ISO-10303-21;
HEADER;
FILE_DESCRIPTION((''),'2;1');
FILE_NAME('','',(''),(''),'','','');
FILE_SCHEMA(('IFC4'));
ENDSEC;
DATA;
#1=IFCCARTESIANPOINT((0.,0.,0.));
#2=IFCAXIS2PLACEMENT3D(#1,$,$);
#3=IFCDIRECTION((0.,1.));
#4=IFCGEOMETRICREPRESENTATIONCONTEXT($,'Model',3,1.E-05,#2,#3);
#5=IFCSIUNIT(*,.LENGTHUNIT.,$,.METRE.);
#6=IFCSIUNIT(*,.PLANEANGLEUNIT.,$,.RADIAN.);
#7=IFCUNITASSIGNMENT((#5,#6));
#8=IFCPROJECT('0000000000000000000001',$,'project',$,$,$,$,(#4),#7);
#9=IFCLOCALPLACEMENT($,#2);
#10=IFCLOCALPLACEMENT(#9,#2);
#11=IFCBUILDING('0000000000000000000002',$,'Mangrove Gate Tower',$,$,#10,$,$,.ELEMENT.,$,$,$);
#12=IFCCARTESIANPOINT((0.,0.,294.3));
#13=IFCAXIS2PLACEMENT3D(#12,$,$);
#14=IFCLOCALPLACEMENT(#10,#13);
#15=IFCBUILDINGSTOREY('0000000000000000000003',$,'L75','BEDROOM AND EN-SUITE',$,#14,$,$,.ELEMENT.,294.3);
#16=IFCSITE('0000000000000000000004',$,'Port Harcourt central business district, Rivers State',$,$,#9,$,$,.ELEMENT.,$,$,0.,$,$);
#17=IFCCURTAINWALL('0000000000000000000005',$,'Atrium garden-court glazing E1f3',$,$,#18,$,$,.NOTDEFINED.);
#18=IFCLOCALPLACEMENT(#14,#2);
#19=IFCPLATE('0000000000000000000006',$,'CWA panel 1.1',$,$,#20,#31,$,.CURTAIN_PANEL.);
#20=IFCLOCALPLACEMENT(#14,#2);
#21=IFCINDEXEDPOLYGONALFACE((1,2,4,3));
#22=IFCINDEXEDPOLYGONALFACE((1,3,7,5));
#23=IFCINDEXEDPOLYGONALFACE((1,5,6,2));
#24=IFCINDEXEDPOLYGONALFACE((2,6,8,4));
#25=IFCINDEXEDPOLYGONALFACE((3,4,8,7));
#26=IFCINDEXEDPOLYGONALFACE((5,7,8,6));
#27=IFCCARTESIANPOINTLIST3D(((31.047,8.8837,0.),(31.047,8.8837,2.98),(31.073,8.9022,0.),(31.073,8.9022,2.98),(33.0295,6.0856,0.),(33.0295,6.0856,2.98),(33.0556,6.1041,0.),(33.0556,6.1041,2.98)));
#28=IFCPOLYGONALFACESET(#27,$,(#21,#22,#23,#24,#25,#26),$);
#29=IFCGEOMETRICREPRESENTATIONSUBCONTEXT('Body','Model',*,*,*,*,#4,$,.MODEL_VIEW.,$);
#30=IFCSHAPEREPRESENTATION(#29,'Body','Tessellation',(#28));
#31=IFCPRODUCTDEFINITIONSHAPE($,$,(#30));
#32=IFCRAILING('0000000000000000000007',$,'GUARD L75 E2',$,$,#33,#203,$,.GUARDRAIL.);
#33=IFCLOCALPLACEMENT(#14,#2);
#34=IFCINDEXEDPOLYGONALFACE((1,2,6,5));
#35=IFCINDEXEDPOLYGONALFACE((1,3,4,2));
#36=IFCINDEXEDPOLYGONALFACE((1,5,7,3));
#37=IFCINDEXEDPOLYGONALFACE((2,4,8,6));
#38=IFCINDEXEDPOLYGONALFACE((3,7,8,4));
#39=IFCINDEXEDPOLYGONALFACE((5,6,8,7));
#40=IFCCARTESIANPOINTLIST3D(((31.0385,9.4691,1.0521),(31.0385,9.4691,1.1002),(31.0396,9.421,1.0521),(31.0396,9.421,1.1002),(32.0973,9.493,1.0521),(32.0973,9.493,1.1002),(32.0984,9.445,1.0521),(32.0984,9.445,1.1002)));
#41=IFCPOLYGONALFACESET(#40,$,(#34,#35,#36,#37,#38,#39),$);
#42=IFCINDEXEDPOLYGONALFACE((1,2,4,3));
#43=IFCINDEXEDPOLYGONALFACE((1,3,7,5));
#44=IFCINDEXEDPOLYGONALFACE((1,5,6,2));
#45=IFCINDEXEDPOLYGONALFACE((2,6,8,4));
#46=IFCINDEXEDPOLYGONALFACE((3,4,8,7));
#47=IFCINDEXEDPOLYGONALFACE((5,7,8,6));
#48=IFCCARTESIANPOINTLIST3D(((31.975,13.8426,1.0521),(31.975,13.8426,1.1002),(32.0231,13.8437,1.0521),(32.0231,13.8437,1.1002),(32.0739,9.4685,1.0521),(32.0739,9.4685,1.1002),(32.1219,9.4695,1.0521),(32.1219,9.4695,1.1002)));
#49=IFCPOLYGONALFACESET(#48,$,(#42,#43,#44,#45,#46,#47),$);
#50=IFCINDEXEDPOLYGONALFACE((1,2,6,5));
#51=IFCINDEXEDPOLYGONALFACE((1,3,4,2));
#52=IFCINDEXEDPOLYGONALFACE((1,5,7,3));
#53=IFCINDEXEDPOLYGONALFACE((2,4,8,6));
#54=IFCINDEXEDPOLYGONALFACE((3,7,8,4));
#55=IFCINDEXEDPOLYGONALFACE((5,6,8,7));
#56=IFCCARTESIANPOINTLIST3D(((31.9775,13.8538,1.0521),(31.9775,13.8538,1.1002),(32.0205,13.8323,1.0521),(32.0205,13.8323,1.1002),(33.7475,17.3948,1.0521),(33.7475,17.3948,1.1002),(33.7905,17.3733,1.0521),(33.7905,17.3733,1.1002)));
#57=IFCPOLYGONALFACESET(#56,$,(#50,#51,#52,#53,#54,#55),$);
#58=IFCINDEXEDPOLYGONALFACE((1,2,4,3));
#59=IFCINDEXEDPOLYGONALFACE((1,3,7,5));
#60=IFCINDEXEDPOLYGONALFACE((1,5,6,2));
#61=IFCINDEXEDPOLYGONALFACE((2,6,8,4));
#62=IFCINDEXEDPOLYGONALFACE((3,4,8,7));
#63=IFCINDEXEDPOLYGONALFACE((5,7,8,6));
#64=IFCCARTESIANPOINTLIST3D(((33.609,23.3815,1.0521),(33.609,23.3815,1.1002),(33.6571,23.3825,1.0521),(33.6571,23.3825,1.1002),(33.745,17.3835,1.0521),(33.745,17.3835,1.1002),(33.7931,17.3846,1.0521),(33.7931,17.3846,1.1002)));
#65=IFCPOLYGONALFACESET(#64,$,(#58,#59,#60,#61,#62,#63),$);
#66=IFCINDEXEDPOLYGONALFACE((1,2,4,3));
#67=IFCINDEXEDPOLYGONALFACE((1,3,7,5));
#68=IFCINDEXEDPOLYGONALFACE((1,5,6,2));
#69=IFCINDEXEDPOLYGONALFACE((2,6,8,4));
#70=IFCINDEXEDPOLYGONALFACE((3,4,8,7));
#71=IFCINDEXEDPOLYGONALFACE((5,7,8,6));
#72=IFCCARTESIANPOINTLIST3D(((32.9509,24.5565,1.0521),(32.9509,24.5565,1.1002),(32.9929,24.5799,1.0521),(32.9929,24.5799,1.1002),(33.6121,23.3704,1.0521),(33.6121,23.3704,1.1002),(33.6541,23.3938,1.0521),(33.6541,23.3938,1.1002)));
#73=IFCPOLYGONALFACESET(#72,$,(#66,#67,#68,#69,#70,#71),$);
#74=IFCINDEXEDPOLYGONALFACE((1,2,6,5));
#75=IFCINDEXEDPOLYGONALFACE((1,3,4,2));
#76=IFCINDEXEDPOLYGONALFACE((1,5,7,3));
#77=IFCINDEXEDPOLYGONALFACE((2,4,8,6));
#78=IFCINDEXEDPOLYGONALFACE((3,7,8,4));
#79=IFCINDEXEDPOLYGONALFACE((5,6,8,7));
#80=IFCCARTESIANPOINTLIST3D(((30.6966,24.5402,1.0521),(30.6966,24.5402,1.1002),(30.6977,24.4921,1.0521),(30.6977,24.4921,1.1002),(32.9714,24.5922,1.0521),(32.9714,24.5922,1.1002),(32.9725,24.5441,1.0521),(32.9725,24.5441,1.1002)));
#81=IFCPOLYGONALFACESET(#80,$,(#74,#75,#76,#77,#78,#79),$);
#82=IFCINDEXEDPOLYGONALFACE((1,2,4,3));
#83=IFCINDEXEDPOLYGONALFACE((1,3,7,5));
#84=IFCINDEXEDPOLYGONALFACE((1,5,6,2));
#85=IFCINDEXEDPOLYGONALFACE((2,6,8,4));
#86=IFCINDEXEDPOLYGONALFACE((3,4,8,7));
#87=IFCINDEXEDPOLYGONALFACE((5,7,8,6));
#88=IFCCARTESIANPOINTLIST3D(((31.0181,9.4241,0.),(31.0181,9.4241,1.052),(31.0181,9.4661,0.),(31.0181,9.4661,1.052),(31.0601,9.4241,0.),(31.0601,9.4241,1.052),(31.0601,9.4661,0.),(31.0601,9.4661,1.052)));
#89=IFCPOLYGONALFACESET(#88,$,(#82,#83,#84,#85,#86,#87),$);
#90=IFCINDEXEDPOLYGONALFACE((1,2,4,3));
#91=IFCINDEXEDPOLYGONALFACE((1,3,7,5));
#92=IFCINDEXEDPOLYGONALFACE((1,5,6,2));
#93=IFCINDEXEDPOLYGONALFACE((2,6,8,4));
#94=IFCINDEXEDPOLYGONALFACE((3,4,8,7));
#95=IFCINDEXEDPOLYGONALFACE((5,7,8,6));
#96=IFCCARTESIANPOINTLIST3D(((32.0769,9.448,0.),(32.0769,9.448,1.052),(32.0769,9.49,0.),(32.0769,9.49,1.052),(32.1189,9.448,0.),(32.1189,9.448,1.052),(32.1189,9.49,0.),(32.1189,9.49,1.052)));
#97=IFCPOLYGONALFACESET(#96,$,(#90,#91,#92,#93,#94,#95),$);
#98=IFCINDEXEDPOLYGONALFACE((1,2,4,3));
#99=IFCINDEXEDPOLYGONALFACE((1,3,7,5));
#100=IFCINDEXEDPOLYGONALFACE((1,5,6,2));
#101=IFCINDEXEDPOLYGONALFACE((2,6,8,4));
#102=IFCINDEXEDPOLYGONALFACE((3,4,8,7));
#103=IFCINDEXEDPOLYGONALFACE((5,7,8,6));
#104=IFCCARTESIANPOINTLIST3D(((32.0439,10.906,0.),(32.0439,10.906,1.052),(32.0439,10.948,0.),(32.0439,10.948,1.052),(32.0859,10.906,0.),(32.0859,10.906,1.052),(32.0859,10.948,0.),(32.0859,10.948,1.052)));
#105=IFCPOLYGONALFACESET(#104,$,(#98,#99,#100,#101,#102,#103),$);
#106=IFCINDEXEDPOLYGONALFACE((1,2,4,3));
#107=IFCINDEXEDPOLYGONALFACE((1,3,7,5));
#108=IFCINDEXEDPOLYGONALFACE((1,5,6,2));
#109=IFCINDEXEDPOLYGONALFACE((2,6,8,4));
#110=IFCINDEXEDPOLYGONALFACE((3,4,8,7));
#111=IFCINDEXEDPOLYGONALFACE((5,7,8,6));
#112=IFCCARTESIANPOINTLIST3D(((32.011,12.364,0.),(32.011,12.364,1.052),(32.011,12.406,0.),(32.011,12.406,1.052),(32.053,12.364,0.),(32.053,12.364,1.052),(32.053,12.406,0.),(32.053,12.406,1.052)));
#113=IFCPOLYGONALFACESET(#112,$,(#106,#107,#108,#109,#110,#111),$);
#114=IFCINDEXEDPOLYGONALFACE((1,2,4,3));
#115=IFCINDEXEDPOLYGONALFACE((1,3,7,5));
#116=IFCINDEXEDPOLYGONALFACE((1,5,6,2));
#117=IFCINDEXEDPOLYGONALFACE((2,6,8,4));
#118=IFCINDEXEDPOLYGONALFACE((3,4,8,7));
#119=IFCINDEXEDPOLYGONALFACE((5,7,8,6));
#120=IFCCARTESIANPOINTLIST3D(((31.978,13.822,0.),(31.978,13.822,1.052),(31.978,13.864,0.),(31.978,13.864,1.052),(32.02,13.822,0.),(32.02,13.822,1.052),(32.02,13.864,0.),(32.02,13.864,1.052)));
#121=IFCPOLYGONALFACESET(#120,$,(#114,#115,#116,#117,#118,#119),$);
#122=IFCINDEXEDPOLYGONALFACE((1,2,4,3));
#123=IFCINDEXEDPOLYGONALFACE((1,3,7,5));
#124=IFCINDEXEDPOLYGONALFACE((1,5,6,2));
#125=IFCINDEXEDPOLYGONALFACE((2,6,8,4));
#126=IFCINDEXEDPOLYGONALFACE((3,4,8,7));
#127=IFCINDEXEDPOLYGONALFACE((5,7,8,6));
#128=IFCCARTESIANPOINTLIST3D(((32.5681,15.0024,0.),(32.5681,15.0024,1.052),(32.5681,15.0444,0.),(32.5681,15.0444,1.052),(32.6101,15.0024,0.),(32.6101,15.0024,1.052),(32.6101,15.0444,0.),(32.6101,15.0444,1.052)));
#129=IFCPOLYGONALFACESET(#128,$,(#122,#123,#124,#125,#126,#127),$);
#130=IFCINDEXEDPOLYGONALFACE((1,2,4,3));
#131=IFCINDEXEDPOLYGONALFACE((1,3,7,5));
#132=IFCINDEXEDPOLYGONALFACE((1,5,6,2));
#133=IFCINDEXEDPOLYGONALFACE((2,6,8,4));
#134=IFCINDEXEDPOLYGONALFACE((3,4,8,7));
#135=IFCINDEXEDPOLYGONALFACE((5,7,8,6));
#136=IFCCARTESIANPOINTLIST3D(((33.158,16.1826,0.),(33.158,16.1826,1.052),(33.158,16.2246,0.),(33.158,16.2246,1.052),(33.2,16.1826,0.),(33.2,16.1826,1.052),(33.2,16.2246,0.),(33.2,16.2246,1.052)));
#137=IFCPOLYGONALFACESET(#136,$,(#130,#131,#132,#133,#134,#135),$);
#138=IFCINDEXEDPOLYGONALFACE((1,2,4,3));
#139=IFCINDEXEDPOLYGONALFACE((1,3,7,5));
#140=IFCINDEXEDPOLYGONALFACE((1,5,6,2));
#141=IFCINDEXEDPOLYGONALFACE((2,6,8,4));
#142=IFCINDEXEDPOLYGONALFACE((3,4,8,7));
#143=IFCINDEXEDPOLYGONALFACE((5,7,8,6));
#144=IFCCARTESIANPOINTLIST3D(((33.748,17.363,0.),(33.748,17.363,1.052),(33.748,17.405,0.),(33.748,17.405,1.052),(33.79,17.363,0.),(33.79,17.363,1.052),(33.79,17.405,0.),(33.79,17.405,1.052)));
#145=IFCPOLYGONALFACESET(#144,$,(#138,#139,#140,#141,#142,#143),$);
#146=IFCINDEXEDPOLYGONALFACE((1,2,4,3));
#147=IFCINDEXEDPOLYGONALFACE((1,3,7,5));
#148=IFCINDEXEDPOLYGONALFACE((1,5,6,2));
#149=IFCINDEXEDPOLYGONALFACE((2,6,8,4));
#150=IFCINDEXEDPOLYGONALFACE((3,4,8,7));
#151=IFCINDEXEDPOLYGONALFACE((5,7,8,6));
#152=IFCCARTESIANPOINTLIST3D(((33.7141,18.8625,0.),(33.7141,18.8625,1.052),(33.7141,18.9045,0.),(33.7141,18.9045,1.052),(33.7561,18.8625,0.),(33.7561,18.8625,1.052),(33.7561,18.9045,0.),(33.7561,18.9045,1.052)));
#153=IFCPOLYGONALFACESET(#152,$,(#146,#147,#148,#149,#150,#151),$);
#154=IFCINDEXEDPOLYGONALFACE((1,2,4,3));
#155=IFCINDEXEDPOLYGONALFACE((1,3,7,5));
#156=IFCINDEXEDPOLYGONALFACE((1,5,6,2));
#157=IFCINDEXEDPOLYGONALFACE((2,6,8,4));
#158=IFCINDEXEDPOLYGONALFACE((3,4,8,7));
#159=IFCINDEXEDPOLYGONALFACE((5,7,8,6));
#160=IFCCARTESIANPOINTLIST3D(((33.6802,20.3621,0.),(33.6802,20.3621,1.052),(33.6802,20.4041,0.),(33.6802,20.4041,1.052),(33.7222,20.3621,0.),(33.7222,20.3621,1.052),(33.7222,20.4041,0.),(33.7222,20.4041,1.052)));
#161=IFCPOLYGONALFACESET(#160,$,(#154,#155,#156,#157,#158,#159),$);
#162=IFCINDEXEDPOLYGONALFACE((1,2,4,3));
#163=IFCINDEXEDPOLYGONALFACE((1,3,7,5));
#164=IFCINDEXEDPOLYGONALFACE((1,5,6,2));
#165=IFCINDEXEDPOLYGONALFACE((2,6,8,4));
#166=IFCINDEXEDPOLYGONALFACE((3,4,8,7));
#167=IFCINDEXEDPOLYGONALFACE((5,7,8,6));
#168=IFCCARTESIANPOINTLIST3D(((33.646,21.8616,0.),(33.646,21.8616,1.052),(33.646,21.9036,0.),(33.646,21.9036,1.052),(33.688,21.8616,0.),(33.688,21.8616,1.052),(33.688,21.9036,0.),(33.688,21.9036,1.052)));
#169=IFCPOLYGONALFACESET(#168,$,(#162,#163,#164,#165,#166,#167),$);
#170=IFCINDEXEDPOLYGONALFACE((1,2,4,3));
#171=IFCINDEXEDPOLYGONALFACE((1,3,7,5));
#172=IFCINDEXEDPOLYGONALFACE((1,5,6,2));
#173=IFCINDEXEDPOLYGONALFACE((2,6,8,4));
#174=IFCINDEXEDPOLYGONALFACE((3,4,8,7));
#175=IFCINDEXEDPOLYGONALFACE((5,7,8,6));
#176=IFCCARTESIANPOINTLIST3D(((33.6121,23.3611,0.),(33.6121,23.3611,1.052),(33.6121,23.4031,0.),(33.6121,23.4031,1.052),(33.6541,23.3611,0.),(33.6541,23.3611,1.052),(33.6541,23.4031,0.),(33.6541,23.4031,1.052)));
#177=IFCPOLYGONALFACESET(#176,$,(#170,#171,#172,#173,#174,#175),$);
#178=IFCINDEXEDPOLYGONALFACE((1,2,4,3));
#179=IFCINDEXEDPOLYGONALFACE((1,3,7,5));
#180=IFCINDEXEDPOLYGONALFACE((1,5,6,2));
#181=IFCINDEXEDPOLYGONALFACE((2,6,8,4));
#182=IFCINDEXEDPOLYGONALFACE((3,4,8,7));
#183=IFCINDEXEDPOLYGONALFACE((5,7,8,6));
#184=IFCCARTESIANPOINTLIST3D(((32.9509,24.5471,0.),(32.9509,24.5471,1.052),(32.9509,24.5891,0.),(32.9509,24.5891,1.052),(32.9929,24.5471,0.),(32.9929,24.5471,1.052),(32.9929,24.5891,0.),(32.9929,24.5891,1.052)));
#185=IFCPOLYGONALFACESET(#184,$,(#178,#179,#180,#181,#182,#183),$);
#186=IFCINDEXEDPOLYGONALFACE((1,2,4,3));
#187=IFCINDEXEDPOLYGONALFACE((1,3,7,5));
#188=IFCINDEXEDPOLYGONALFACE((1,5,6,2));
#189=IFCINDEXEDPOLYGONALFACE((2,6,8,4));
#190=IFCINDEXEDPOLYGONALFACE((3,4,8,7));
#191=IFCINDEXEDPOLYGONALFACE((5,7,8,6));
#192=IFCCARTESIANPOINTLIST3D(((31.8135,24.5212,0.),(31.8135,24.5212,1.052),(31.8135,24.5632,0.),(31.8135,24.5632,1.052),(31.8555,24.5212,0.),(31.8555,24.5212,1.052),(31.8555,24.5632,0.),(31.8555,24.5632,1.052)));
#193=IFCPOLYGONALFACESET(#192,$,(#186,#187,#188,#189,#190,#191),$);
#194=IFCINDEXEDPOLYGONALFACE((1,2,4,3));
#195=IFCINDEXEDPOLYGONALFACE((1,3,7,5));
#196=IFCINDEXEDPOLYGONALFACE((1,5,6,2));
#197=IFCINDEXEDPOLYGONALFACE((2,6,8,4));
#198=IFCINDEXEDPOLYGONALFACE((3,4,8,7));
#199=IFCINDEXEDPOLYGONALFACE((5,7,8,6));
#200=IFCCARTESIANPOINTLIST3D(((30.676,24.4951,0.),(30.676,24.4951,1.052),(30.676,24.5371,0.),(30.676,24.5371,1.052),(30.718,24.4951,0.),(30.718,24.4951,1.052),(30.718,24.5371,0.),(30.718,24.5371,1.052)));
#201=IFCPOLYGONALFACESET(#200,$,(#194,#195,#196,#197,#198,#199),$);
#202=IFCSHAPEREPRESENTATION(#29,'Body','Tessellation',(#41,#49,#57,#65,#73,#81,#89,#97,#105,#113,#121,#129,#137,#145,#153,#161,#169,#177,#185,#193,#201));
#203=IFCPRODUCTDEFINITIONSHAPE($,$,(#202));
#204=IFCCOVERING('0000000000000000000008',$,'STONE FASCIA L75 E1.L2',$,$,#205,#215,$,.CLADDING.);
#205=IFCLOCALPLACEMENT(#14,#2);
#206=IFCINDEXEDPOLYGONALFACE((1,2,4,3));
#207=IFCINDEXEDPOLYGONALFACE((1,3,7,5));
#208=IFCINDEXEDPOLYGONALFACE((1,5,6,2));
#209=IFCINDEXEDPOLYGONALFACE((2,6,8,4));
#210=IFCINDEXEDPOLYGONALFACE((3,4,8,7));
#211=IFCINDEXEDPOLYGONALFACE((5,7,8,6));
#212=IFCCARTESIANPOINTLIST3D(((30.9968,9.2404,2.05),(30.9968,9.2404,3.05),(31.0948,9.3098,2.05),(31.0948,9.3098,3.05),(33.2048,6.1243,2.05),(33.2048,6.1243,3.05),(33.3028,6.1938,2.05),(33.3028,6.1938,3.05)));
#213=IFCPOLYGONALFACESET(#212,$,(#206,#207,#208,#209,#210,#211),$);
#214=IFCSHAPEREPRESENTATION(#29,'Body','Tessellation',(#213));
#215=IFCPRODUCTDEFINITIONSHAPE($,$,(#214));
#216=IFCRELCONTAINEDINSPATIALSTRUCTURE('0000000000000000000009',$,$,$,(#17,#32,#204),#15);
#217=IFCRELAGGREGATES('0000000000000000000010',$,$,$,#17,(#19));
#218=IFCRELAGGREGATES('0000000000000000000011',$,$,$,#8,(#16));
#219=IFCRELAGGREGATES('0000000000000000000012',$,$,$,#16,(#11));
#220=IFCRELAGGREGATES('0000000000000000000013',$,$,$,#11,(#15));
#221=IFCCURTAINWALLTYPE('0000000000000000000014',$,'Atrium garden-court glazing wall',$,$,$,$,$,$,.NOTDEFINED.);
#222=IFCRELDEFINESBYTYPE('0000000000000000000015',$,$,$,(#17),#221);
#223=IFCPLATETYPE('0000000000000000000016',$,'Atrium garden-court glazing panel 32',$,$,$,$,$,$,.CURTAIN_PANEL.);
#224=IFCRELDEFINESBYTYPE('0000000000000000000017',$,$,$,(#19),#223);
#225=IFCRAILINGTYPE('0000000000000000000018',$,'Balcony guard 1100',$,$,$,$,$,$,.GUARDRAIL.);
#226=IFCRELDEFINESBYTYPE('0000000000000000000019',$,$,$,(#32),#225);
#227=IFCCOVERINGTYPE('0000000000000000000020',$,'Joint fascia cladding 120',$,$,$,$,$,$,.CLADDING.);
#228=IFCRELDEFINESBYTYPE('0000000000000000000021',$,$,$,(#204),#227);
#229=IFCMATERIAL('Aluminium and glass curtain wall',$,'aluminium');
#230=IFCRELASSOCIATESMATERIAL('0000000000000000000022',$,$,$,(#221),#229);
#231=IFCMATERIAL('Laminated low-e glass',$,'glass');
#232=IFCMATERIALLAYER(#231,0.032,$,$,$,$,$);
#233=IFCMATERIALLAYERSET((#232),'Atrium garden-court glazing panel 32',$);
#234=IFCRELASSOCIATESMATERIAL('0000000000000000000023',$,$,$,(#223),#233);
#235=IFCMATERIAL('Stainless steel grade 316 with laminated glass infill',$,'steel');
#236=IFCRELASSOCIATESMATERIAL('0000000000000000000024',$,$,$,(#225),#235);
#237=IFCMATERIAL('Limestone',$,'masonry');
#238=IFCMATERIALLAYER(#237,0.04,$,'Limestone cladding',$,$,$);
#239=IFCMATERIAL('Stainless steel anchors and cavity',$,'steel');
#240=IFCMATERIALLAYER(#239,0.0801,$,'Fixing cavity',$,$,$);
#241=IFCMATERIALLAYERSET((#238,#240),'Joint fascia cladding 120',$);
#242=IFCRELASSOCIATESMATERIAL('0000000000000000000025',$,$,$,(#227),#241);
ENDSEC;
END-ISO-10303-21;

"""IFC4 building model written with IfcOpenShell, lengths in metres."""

from ifc_helpers import new_model, si_unit, direction, frame, frame_2d, origin, origin_2d, place, context, subcontext, project, spatial, rectangle, extrude, material, layer, layer_set, type_object, element, aggregate, save


model = new_model("IFC4")

# Units and contexts
model_context = context("Model", 3, precision=1e-05, world=origin(), true_north=direction((0.0, 1.0)))
body_context = subcontext(model_context, "Body", "Model", "MODEL_VIEW")
ifc_project = project(units=[si_unit("LENGTHUNIT", "METRE"), si_unit("PLANEANGLEUNIT", "RADIAN")], contexts=[model_context])

# Site, building, storey
site_placement = place(None, origin())
site = spatial("IfcSite", under=ifc_project, at=site_placement, Name="Port Harcourt central business district, Rivers State", CompositionType="ELEMENT", RefElevation=0.0)
building_placement = place(site_placement, origin())
building = spatial("IfcBuilding", under=site, at=building_placement, Name="Mangrove Gate Tower", CompositionType="ELEMENT")
storey_placement = place(building_placement, frame((0.0, 0.0, 294.3)))
storey = spatial("IfcBuildingStorey", under=building, at=storey_placement, Name="L75", Description="BEDROOM AND EN-SUITE", CompositionType="ELEMENT", Elevation=294.3)

# Shared definitions
ifc_material_1 = material(Name="Aluminium and glass curtain wall", Category="aluminium")
curtain_wall_type = type_object("IfcCurtainWallType", Name="Atrium garden-court glazing wall", PredefinedType="NOTDEFINED", material=ifc_material_1)

# Curtain wall
curtain_wall_1_placement = place(storey_placement, origin())
curtain_wall_1 = element("IfcCurtainWall", 1, at=curtain_wall_1_placement, inside=storey, type_object=curtain_wall_type, Name="Atrium garden-court glazing E1f3", PredefinedType="NOTDEFINED")

# Plate
ifc_material_2 = material(Name="Laminated low-e glass", Category="glass")
ifc_layer_1 = layer(ifc_material_2, 0.032)
ifc_layer_set_1 = layer_set([ifc_layer_1], Name="Atrium garden-court glazing panel 32")
plate_type = type_object("IfcPlateType", Name="Atrium garden-court glazing panel 32", PredefinedType="CURTAIN_PANEL", material=ifc_layer_set_1)
plate_1_placement = place(storey_placement, frame((32.0513, 7.4939, 0.0), z_axis=(0.0, 0.0, 1.0), x_axis=(-0.578135, 0.815941, 0.0)))
plate_1 = element("IfcPlate", 2, at=plate_1_placement, type_object=plate_type, Name="CWA panel 1.1", PredefinedType="CURTAIN_PANEL", context=body_context, shape_type="SweptSolid", body=[
    extrude(rectangle(XDim=3.4292, YDim=0.032, at=origin_2d()), origin(), (0.0, 0.0, 1.0), 2.98),
])
aggregate(curtain_wall_1, [plate_1])

# Shared definitions
ifc_material_3 = material(Name="Limestone", Category="masonry")

# Railing
ifc_material_4 = material(Name="Stainless steel grade 316 with laminated glass infill", Category="steel")
railing_type = type_object("IfcRailingType", Name="Balcony guard 1100", PredefinedType="GUARDRAIL", material=ifc_material_4)
railing_placement = place(storey_placement, frame((31.0391, 9.4451, 0.0)))
element("IfcRailing", 3, at=railing_placement, inside=storey, type_object=railing_type, Name="GUARD L75 E2", PredefinedType="GUARDRAIL", context=body_context, shape_type="SweptSolid", body=[
    extrude(rectangle(XDim=0.0481, YDim=0.0481, at=origin_2d()), frame((0.0, 0.0, 1.0762), z_axis=(0.999745, 0.02259, 0.0), x_axis=(-0.02259, 0.999745, 0.0)), (0.0, 0.0, 1.0), 1.0591),
    extrude(rectangle(XDim=0.0481, YDim=0.0481, at=origin_2d()), frame((1.0588, 0.0239, 1.0762), z_axis=(-0.0226, 0.999745, 0.0), x_axis=(-0.999745, -0.0226, 0.0)), (0.0, 0.0, 1.0), 4.3752),
    extrude(rectangle(XDim=0.0481, YDim=0.0481, at=origin_2d()), frame((0.96, 4.3979, 1.0762), z_axis=(0.447115, 0.894477, 0.0), x_axis=(-0.894477, 0.447115, 0.0)), (0.0, 0.0, 1.0), 3.9587),
    extrude(rectangle(XDim=0.0481, YDim=0.0481, at=origin_2d()), frame((2.73, 7.939, 1.0762), z_axis=(-0.022666, 0.999743, 0.0), x_axis=(-0.999743, -0.022666, 0.0)), (0.0, 0.0, 1.0), 5.9995),
    extrude(rectangle(XDim=0.0481, YDim=0.0481, at=origin_2d()), frame((2.594, 13.937, 1.0762), z_axis=(-0.486894, 0.873461, 0.0), x_axis=(-0.873461, -0.486894, 0.0)), (0.0, 0.0, 1.0), 1.3579),
    extrude(rectangle(XDim=0.0481, YDim=0.0481, at=origin_2d()), frame((1.9329, 15.123, 1.0762), z_axis=(-0.999739, -0.022853, 0.0), x_axis=(0.022853, -0.999739, 0.0)), (0.0, 0.0, 1.0), 2.2754),
    extrude(rectangle(XDim=0.042, YDim=0.042, at=origin_2d()), origin(), (0.0, 0.0, 1.0), 1.052),
    extrude(rectangle(XDim=0.042, YDim=0.042, at=origin_2d()), frame((1.0588, 0.0239, 0.0)), (0.0, 0.0, 1.0), 1.052),
    extrude(rectangle(XDim=0.042, YDim=0.042, at=origin_2d()), frame((1.0259, 1.4819, 0.0)), (0.0, 0.0, 1.0), 1.052),
    extrude(rectangle(XDim=0.042, YDim=0.042, at=origin_2d()), frame((0.9929, 2.9399, 0.0)), (0.0, 0.0, 1.0), 1.052),
    extrude(rectangle(XDim=0.042, YDim=0.042, at=origin_2d()), frame((0.96, 4.3979, 0.0)), (0.0, 0.0, 1.0), 1.052),
    extrude(rectangle(XDim=0.042, YDim=0.042, at=origin_2d()), frame((1.55, 5.5784, 0.0)), (0.0, 0.0, 1.0), 1.052),
    extrude(rectangle(XDim=0.042, YDim=0.042, at=origin_2d()), frame((2.1399, 6.7585, 0.0)), (0.0, 0.0, 1.0), 1.052),
    extrude(rectangle(XDim=0.042, YDim=0.042, at=origin_2d()), frame((2.73, 7.939, 0.0)), (0.0, 0.0, 1.0), 1.052),
    extrude(rectangle(XDim=0.042, YDim=0.042, at=origin_2d()), frame((2.696, 9.4385, 0.0)), (0.0, 0.0, 1.0), 1.052),
    extrude(rectangle(XDim=0.042, YDim=0.042, at=origin_2d()), frame((2.6621, 10.938, 0.0)), (0.0, 0.0, 1.0), 1.052),
    extrude(rectangle(XDim=0.042, YDim=0.042, at=origin_2d()), frame((2.6279, 12.4375, 0.0)), (0.0, 0.0, 1.0), 1.052),
    extrude(rectangle(XDim=0.042, YDim=0.042, at=origin_2d()), frame((2.594, 13.937, 0.0)), (0.0, 0.0, 1.0), 1.052),
    extrude(rectangle(XDim=0.042, YDim=0.042, at=origin_2d()), frame((1.9329, 15.123, 0.0)), (0.0, 0.0, 1.0), 1.052),
    extrude(rectangle(XDim=0.042, YDim=0.042, at=origin_2d()), frame((0.7954, 15.0972, 0.0)), (0.0, 0.0, 1.0), 1.052),
    extrude(rectangle(XDim=0.042, YDim=0.042, at=origin_2d()), frame((-0.342, 15.071, 0.0)), (0.0, 0.0, 1.0), 1.052),
])

# Covering
ifc_layer_2 = layer(ifc_material_3, 0.04, Name="Limestone cladding")
ifc_material_5 = material(Name="Stainless steel anchors and cavity", Category="steel")
ifc_layer_3 = layer(ifc_material_5, 0.0801, Name="Fixing cavity")
ifc_layer_set_2 = layer_set([ifc_layer_2, ifc_layer_3], Name="Joint fascia cladding 120")
covering_type = type_object("IfcCoveringType", Name="Joint fascia cladding 120", PredefinedType="CLADDING", material=ifc_layer_set_2)
covering_placement = place(storey_placement, frame((33.2539, 6.1589, 2.05), z_axis=(0.0, 0.0, 1.0), x_axis=(-0.578168, 0.815918, 0.0)))
element("IfcCovering", 4, at=covering_placement, inside=storey, type_object=covering_type, Name="STONE FASCIA L75 E1.L2", PredefinedType="CLADDING", context=body_context, shape_type="SweptSolid", body=[
    extrude(rectangle(XDim=3.8191, YDim=0.1201, at=frame_2d((1.9097, 0.0))), origin(), (0.0, 0.0, 1.0), 1.0),
])

save(model, "model.ifc")
